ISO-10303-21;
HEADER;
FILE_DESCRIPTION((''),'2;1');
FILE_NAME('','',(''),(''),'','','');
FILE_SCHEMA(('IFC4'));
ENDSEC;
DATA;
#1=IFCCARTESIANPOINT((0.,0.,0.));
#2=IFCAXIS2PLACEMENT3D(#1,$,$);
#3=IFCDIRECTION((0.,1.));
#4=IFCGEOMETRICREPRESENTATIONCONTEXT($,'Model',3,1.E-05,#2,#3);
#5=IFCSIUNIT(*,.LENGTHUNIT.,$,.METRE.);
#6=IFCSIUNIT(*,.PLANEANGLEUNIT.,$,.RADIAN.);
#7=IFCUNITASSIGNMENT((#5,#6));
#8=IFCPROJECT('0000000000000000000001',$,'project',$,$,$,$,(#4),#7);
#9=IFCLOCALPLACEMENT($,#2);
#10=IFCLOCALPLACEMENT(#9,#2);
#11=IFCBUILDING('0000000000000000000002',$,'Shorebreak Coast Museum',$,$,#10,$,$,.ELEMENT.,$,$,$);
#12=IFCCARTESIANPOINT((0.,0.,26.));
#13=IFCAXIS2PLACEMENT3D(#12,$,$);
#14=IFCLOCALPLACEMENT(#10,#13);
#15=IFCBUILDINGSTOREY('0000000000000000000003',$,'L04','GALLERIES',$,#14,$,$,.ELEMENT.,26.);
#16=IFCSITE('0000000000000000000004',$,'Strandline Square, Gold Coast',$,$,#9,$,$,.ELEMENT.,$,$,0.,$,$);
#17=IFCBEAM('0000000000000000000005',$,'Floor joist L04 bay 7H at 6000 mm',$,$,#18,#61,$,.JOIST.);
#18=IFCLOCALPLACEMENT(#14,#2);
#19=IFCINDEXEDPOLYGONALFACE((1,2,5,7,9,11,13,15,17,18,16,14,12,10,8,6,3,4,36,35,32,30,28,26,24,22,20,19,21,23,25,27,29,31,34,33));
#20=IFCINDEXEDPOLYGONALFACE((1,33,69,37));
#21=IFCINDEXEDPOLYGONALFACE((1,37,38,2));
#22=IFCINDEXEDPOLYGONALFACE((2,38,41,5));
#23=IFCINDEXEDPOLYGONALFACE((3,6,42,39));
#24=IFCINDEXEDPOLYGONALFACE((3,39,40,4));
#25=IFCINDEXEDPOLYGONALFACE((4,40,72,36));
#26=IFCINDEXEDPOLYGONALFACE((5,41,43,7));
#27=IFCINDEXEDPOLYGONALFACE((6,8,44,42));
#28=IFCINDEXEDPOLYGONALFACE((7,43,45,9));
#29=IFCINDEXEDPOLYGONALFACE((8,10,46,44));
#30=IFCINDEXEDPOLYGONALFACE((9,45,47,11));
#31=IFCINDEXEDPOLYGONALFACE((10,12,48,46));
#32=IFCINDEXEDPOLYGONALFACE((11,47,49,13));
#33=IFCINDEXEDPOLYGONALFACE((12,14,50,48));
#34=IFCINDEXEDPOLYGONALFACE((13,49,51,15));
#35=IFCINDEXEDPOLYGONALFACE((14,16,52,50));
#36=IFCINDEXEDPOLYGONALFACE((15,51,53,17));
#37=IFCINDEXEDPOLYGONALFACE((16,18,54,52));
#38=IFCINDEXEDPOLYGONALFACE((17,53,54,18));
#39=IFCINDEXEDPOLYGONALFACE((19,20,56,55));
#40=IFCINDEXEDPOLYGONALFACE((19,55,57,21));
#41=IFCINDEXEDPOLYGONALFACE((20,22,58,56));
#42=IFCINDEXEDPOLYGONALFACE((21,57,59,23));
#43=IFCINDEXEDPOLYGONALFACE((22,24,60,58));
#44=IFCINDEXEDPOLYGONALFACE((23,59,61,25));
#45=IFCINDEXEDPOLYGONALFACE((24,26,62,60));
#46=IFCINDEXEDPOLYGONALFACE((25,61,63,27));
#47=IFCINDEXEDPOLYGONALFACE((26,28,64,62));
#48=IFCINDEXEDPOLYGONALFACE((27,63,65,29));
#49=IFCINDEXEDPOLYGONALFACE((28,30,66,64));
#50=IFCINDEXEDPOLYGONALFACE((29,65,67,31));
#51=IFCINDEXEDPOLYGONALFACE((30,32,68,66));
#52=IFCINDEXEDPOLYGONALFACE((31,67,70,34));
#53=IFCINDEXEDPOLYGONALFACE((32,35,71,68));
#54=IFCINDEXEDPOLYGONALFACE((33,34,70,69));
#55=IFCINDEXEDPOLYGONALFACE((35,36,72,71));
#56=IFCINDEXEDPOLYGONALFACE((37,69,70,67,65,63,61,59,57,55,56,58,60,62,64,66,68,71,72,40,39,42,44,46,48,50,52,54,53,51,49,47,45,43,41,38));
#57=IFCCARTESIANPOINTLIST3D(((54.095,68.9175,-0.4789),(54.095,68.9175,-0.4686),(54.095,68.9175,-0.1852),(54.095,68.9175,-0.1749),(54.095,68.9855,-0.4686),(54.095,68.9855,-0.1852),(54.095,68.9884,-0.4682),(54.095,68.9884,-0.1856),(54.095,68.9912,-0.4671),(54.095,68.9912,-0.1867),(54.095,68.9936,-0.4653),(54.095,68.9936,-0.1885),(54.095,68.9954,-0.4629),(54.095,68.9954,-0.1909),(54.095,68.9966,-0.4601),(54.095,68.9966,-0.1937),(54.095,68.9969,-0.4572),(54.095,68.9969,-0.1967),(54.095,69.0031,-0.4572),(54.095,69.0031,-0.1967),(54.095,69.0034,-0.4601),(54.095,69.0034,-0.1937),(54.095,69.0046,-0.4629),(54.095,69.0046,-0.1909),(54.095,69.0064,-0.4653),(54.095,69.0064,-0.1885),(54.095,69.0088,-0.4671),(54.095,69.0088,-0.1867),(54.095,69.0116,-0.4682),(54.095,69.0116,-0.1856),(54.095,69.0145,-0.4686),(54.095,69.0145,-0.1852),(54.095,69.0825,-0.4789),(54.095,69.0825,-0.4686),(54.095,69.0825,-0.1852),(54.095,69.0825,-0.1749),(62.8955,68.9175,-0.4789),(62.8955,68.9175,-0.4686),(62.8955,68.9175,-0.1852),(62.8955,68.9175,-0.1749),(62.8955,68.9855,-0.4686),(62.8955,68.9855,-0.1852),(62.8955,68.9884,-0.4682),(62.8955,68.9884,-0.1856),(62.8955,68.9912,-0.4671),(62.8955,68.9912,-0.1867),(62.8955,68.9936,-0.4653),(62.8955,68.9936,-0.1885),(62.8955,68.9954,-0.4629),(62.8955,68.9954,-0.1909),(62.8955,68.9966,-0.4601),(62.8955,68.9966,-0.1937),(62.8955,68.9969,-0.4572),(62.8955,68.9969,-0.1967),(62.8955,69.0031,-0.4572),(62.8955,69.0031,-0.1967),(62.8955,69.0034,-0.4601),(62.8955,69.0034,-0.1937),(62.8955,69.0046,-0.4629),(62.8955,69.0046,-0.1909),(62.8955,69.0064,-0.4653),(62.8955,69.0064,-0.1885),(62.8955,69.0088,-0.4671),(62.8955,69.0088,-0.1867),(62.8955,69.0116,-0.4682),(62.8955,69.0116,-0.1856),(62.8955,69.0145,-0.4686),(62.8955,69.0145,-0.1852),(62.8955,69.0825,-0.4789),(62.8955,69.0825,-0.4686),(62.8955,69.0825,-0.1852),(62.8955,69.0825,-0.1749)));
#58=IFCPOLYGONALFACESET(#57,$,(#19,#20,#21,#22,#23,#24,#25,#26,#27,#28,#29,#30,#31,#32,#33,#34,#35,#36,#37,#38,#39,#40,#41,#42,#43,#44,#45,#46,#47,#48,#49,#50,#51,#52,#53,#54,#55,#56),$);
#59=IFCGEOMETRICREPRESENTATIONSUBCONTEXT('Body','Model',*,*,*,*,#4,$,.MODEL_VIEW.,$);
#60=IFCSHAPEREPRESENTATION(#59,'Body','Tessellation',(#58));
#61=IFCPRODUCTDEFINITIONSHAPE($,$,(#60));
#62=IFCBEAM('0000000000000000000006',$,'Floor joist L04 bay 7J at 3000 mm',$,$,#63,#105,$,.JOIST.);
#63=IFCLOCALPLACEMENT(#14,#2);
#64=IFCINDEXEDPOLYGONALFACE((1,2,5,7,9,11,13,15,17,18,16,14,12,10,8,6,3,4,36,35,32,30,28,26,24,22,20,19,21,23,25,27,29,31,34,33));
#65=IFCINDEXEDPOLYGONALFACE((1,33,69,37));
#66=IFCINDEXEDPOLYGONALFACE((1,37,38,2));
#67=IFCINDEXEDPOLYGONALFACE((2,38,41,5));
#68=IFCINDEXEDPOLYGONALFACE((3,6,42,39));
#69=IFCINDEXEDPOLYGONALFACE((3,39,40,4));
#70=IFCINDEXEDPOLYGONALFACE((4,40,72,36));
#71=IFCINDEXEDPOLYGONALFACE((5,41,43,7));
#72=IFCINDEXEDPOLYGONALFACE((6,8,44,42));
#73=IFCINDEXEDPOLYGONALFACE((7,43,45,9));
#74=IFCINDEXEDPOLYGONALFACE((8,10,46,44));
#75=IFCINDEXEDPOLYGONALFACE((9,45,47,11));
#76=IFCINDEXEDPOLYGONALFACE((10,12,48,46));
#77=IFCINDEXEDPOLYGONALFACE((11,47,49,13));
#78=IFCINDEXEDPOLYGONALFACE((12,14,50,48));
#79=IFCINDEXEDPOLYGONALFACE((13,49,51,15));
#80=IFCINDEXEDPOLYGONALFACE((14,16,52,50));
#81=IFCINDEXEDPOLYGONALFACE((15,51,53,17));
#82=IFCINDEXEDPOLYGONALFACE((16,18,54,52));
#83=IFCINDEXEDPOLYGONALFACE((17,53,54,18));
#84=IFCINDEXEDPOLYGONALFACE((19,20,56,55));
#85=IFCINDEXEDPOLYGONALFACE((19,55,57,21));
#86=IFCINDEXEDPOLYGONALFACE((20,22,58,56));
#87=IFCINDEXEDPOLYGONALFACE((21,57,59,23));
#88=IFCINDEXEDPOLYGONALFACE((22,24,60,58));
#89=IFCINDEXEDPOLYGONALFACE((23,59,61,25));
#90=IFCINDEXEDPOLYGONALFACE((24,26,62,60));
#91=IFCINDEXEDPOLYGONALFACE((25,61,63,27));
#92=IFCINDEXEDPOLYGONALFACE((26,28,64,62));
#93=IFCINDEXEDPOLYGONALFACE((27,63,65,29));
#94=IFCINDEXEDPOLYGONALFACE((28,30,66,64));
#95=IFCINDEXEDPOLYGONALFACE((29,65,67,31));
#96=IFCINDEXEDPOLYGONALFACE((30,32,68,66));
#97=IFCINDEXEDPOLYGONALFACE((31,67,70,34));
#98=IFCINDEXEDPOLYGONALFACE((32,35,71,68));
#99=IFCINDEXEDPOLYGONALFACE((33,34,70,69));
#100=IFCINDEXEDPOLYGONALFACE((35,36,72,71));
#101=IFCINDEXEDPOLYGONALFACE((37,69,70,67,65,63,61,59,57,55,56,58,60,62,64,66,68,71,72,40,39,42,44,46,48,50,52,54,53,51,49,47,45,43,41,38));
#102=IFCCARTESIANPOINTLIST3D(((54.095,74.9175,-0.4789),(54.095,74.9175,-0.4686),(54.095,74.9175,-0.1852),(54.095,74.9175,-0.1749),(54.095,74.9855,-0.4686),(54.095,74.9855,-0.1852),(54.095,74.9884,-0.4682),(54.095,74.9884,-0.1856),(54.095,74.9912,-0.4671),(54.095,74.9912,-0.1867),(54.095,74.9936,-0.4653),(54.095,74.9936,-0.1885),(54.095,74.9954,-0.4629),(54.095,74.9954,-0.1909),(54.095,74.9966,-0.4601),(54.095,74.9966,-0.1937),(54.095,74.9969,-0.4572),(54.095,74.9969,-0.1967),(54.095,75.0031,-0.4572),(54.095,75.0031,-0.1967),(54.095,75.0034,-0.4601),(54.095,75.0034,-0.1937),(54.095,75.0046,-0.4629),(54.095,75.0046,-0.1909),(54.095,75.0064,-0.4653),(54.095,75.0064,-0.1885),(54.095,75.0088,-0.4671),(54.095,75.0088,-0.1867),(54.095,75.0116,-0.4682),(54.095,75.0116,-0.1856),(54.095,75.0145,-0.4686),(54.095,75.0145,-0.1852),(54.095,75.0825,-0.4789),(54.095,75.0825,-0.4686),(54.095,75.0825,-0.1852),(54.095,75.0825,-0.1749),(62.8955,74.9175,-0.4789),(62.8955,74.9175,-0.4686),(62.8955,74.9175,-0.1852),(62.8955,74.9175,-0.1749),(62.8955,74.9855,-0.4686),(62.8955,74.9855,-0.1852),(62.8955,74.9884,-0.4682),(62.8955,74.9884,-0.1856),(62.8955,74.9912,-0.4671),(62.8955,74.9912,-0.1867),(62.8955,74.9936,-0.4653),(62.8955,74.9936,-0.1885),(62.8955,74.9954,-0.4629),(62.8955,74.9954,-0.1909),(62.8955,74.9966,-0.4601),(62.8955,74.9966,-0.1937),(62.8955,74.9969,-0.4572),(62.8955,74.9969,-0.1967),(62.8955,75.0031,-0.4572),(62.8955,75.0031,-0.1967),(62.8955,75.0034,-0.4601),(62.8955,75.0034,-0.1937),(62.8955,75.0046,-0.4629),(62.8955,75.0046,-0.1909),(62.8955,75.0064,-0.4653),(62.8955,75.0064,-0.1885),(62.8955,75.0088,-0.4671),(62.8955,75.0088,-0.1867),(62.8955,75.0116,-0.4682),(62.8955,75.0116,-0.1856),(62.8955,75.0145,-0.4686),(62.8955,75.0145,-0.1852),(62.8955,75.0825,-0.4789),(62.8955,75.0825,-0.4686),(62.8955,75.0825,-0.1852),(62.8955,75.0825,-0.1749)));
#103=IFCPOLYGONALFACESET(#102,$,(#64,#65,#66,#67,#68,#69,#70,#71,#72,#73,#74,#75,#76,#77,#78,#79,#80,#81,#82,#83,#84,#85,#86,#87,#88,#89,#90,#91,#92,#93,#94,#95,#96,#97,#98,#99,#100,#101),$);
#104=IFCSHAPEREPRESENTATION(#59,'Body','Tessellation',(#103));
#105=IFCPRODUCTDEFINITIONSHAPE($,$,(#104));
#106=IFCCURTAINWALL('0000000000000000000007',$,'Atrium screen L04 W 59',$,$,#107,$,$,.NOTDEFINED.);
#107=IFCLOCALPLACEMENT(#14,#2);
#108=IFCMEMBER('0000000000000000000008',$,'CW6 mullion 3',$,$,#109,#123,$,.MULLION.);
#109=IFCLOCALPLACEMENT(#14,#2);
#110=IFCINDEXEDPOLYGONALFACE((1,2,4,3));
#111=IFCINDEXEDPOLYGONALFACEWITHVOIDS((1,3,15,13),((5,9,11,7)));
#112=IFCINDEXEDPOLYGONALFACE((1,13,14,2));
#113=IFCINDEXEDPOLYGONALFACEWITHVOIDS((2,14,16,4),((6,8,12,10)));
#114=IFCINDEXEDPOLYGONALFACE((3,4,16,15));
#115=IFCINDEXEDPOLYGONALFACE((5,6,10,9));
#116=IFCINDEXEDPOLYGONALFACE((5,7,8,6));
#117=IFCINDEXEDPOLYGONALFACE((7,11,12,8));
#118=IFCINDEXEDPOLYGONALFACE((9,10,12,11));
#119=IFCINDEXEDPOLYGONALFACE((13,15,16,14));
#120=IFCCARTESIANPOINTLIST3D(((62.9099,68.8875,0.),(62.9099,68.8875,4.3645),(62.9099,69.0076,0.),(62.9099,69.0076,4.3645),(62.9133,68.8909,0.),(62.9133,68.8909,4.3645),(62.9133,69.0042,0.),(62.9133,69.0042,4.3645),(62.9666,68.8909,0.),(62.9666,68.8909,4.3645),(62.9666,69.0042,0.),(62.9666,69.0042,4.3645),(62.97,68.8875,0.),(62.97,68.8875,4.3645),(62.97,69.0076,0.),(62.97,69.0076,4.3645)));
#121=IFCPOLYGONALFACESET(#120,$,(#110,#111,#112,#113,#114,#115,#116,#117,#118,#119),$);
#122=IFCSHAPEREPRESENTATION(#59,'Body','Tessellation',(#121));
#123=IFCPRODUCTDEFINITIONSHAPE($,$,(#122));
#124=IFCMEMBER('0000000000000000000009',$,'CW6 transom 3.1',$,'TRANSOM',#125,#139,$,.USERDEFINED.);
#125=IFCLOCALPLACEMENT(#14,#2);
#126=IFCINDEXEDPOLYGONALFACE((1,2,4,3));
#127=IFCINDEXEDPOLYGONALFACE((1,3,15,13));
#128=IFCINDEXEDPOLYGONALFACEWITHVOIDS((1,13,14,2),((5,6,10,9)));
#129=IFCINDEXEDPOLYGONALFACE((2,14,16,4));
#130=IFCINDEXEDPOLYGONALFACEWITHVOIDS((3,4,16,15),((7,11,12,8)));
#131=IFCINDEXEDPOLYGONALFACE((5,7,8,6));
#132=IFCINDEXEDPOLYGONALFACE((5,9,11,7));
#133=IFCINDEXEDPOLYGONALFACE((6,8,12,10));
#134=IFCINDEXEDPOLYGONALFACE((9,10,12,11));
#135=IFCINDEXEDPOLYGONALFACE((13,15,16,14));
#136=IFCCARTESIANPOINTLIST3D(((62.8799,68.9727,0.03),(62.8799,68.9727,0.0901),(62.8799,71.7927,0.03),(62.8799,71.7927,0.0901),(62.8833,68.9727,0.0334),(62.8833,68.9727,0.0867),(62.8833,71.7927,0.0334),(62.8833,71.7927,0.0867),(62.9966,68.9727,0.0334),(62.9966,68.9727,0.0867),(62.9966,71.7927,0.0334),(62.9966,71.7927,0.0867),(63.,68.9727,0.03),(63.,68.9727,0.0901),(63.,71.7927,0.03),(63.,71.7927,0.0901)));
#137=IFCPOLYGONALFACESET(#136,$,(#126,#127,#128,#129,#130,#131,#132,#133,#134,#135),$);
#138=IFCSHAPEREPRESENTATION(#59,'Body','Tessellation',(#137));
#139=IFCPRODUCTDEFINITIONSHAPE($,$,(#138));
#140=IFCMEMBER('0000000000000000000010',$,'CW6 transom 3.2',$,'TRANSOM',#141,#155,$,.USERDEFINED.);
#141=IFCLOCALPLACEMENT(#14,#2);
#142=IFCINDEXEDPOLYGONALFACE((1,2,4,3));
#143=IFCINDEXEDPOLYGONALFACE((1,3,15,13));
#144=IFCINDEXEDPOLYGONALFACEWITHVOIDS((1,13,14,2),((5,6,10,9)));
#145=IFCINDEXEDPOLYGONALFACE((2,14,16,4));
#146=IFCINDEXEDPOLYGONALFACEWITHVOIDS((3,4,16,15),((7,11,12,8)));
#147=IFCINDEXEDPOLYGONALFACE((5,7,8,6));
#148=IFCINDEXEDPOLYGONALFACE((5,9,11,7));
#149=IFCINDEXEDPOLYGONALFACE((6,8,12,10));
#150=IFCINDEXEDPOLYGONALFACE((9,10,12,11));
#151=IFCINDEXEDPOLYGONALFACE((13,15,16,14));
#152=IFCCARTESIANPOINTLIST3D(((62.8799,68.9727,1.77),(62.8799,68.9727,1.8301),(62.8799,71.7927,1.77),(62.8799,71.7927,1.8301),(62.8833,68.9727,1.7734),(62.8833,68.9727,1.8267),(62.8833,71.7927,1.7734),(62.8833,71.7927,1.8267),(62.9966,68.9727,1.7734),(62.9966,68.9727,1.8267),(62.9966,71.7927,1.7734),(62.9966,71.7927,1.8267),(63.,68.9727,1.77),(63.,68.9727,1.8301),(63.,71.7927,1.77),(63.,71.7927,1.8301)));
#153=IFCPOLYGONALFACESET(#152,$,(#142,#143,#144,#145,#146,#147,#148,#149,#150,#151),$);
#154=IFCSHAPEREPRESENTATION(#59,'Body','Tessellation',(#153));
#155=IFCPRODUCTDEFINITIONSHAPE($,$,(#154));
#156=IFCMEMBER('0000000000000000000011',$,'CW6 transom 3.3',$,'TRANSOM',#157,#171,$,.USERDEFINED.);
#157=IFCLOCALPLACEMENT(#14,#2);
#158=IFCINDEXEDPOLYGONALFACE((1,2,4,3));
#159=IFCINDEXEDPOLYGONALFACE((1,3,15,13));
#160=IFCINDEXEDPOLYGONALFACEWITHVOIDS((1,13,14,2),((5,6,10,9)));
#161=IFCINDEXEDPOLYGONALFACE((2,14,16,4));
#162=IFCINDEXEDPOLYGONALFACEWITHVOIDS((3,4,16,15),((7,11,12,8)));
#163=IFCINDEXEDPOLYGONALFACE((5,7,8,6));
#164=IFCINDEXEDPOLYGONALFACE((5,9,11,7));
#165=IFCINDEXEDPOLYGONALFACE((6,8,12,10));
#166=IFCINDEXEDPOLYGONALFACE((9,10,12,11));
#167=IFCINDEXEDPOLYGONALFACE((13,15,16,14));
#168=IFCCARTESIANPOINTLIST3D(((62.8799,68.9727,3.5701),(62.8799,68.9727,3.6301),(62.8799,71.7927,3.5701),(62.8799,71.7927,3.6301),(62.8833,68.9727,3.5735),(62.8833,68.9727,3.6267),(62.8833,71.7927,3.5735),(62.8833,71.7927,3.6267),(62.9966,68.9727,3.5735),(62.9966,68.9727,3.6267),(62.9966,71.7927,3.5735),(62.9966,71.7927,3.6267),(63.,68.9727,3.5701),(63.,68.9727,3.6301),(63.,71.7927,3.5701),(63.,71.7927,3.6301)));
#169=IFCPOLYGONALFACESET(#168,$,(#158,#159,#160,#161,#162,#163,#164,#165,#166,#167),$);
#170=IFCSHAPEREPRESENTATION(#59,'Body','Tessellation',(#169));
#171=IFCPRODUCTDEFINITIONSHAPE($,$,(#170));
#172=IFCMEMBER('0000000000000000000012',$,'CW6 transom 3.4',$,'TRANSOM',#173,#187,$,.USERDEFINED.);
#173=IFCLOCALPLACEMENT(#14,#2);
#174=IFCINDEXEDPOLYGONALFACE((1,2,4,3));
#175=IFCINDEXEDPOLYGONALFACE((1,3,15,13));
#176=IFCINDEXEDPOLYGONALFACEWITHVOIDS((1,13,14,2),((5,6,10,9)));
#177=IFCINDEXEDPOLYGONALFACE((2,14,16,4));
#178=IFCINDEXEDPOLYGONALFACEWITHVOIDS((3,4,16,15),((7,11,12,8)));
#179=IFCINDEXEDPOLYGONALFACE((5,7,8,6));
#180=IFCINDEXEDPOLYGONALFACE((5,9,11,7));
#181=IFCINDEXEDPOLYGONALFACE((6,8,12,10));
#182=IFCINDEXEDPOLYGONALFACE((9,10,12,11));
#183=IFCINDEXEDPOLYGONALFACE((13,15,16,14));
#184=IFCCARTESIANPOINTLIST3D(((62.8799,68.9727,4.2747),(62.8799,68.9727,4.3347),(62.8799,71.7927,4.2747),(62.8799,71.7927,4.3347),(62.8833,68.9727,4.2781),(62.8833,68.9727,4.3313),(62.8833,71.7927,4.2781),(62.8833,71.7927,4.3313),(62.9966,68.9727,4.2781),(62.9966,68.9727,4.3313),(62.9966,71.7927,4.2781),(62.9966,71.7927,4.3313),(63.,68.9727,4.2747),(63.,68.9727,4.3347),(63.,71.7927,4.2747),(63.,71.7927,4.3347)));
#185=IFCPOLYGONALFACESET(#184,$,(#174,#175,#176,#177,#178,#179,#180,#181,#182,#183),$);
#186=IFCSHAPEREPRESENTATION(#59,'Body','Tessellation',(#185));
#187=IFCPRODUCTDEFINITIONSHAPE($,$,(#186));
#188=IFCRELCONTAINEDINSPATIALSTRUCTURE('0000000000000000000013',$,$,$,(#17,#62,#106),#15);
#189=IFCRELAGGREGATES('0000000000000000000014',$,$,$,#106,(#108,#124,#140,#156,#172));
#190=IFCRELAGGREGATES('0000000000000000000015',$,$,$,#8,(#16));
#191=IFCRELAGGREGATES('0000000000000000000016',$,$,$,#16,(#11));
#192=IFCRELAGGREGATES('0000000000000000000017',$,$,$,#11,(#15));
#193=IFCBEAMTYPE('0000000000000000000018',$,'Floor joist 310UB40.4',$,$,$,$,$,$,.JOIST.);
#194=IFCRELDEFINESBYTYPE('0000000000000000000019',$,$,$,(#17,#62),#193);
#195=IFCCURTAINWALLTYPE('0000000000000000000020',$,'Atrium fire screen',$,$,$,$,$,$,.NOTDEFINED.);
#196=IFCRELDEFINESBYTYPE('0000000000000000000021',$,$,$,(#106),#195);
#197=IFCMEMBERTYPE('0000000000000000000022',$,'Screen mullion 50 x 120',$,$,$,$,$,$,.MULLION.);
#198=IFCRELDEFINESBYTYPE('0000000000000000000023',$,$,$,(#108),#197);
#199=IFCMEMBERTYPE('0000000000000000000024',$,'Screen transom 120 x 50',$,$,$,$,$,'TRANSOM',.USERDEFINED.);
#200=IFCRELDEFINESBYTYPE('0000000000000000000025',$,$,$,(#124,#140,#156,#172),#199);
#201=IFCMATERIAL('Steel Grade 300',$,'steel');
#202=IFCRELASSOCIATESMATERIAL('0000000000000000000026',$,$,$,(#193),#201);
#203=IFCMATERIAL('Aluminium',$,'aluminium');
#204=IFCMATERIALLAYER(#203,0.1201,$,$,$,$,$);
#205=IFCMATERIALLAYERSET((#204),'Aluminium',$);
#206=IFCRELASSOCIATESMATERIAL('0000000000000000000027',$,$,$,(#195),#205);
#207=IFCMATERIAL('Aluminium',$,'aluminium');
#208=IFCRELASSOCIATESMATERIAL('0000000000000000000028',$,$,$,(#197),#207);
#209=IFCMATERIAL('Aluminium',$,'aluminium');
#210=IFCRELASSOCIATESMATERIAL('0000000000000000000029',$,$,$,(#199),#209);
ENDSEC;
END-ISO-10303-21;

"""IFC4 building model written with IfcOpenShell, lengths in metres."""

from ifc_helpers import new_model, si_unit, direction, frame, origin, origin_2d, place, context, subcontext, project, spatial, hollow_rectangle, i_section, extrude, material, layer, layer_set, material_profile, profile_set, type_object, element, aggregate, save


model = new_model("IFC4")

# Units and contexts
model_context = context("Model", 3, precision=1e-05, world=origin(), true_north=direction((0.0, 1.0)))
body_context = subcontext(model_context, "Body", "Model", "MODEL_VIEW")
ifc_project = project(units=[si_unit("LENGTHUNIT", "METRE"), si_unit("PLANEANGLEUNIT", "RADIAN")], contexts=[model_context])

# Site, building, storey
site_placement = place(None, origin())
site = spatial("IfcSite", under=ifc_project, at=site_placement, Name="Strandline Square, Gold Coast", CompositionType="ELEMENT", RefElevation=0.0)
building_placement = place(site_placement, origin())
building = spatial("IfcBuilding", under=site, at=building_placement, Name="Shorebreak Coast Museum", CompositionType="ELEMENT")
storey_placement = place(building_placement, frame((0.0, 0.0, 26.0)))
storey = spatial("IfcBuildingStorey", under=building, at=storey_placement, Name="L04", Description="GALLERIES", CompositionType="ELEMENT", Elevation=26.0)

# Beams
ifc_material_1 = material(Name="Steel Grade 300", Category="steel")
ifc_material_profile_1 = material_profile(ifc_material_1, i_section(OverallWidth=0.165, OverallDepth=0.304, WebThickness=0.0061, FlangeThickness=0.0103, FilletRadius=0.0115, at=origin_2d()), Name="310UB40.4")
ifc_profile_set_1 = profile_set([ifc_material_profile_1], Name="Steel Grade 300")
beam_type_1 = type_object("IfcBeamType", Name="Floor joist 310UB40.4", PredefinedType="JOIST", material=ifc_profile_set_1)
for number, where, z_axis, x_axis, name in (
    (1, (54.095, 69.0, -0.3269), (1.0, 0.0, 0.0), (0.0, 1.0, 0.0), "Floor joist L04 bay 7H at 6000 mm"),
    (2, (54.095, 75.0, -0.3269), (1.0, 0.0, 0.0), (0.0, 1.0, 0.0), "Floor joist L04 bay 7J at 3000 mm"),
):
    element("IfcBeam", number, at=place(storey_placement, frame(where, z_axis=z_axis, x_axis=x_axis)), inside=storey, type_object=beam_type_1, Name=name, PredefinedType="JOIST", context=body_context, shape_type="SweptSolid", body=[
        extrude(i_section(OverallWidth=0.165, OverallDepth=0.304, WebThickness=0.0061, FlangeThickness=0.0103, FilletRadius=0.0115, at=origin_2d()), origin(), (0.0, 0.0, 1.0), 8.8005),
    ])

# Curtain wall, members
ifc_material_2 = material(Name="Aluminium", Category="aluminium")
ifc_layer_1 = layer(ifc_material_2, 0.1201)
ifc_layer_set_1 = layer_set([ifc_layer_1], Name="Aluminium")
curtain_wall_type_1 = type_object("IfcCurtainWallType", Name="Atrium fire screen", PredefinedType="NOTDEFINED", material=ifc_layer_set_1)
curtain_wall_1_placement = place(storey_placement, origin())
curtain_wall_1 = element("IfcCurtainWall", 3, at=curtain_wall_1_placement, inside=storey, type_object=curtain_wall_type_1, Name="Atrium screen L04 W 59", PredefinedType="NOTDEFINED")
ifc_material_3 = material(Name="Aluminium", Category="aluminium")
ifc_material_profile_2 = material_profile(ifc_material_3, hollow_rectangle(XDim=0.0601, YDim=0.1201, WallThickness=0.0034, at=origin_2d()), Name="AL 120x60 RHS")
ifc_profile_set_2 = profile_set([ifc_material_profile_2], Name="Aluminium")
member_type_1 = type_object("IfcMemberType", Name="Screen mullion 50 x 120", PredefinedType="MULLION", material=ifc_profile_set_2)
member_1_placement = place(storey_placement, frame((62.9399, 68.9475, 0.0), z_axis=(0.0, 0.0, 1.0), x_axis=(-1.0, 0.0, 0.0)))
member_1 = element("IfcMember", 4, at=member_1_placement, type_object=member_type_1, Name="CW6 mullion 3", PredefinedType="MULLION", context=body_context, shape_type="SweptSolid", body=[
    extrude(hollow_rectangle(XDim=0.0601, YDim=0.1201, WallThickness=0.0034, at=origin_2d()), origin(), (0.0, 0.0, 1.0), 4.3645),
])
ifc_material_4 = material(Name="Aluminium", Category="aluminium")
ifc_material_profile_3 = material_profile(ifc_material_4, hollow_rectangle(XDim=0.1201, YDim=0.0601, WallThickness=0.0034, at=origin_2d()), Name="AL 60x120 RHS")
ifc_profile_set_3 = profile_set([ifc_material_profile_3], Name="Aluminium")
member_type_2 = type_object("IfcMemberType", Name="Screen transom 120 x 50", ElementType="TRANSOM", PredefinedType="USERDEFINED", material=ifc_profile_set_3)
member_2_placement = place(storey_placement, frame((62.9399, 68.9727, 0.0601), z_axis=(0.0, 1.0, 0.0), x_axis=(-1.0, 0.0, 0.0)))
member_2 = element("IfcMember", 5, at=member_2_placement, type_object=member_type_2, Name="CW6 transom 3.1", ObjectType="TRANSOM", PredefinedType="USERDEFINED", context=body_context, shape_type="SweptSolid", body=[
    extrude(hollow_rectangle(XDim=0.1201, YDim=0.0601, WallThickness=0.0034, at=origin_2d()), origin(), (0.0, 0.0, 1.0), 2.8201),
])
member_3_placement = place(storey_placement, frame((62.9399, 68.9727, 1.8), z_axis=(0.0, 1.0, 0.0), x_axis=(-1.0, 0.0, 0.0)))
member_3 = element("IfcMember", 6, at=member_3_placement, type_object=member_type_2, Name="CW6 transom 3.2", ObjectType="TRANSOM", PredefinedType="USERDEFINED", context=body_context, shape_type="SweptSolid", body=[
    extrude(hollow_rectangle(XDim=0.1201, YDim=0.0601, WallThickness=0.0034, at=origin_2d()), origin(), (0.0, 0.0, 1.0), 2.8201),
])
member_4_placement = place(storey_placement, frame((62.9399, 68.9727, 3.6001), z_axis=(0.0, 1.0, 0.0), x_axis=(-1.0, 0.0, 0.0)))
member_4 = element("IfcMember", 7, at=member_4_placement, type_object=member_type_2, Name="CW6 transom 3.3", ObjectType="TRANSOM", PredefinedType="USERDEFINED", context=body_context, shape_type="SweptSolid", body=[
    extrude(hollow_rectangle(XDim=0.1201, YDim=0.0601, WallThickness=0.0034, at=origin_2d()), origin(), (0.0, 0.0, 1.0), 2.8201),
])
member_5_placement = place(storey_placement, frame((62.9399, 68.9727, 4.3047), z_axis=(0.0, 1.0, 0.0), x_axis=(-1.0, 0.0, 0.0)))
member_5 = element("IfcMember", 8, at=member_5_placement, type_object=member_type_2, Name="CW6 transom 3.4", ObjectType="TRANSOM", PredefinedType="USERDEFINED", context=body_context, shape_type="SweptSolid", body=[
    extrude(hollow_rectangle(XDim=0.1201, YDim=0.0601, WallThickness=0.0034, at=origin_2d()), origin(), (0.0, 0.0, 1.0), 2.8201),
])

aggregate(curtain_wall_1, [member_1, member_2, member_3, member_4, member_5])

save(model, "model.ifc")
